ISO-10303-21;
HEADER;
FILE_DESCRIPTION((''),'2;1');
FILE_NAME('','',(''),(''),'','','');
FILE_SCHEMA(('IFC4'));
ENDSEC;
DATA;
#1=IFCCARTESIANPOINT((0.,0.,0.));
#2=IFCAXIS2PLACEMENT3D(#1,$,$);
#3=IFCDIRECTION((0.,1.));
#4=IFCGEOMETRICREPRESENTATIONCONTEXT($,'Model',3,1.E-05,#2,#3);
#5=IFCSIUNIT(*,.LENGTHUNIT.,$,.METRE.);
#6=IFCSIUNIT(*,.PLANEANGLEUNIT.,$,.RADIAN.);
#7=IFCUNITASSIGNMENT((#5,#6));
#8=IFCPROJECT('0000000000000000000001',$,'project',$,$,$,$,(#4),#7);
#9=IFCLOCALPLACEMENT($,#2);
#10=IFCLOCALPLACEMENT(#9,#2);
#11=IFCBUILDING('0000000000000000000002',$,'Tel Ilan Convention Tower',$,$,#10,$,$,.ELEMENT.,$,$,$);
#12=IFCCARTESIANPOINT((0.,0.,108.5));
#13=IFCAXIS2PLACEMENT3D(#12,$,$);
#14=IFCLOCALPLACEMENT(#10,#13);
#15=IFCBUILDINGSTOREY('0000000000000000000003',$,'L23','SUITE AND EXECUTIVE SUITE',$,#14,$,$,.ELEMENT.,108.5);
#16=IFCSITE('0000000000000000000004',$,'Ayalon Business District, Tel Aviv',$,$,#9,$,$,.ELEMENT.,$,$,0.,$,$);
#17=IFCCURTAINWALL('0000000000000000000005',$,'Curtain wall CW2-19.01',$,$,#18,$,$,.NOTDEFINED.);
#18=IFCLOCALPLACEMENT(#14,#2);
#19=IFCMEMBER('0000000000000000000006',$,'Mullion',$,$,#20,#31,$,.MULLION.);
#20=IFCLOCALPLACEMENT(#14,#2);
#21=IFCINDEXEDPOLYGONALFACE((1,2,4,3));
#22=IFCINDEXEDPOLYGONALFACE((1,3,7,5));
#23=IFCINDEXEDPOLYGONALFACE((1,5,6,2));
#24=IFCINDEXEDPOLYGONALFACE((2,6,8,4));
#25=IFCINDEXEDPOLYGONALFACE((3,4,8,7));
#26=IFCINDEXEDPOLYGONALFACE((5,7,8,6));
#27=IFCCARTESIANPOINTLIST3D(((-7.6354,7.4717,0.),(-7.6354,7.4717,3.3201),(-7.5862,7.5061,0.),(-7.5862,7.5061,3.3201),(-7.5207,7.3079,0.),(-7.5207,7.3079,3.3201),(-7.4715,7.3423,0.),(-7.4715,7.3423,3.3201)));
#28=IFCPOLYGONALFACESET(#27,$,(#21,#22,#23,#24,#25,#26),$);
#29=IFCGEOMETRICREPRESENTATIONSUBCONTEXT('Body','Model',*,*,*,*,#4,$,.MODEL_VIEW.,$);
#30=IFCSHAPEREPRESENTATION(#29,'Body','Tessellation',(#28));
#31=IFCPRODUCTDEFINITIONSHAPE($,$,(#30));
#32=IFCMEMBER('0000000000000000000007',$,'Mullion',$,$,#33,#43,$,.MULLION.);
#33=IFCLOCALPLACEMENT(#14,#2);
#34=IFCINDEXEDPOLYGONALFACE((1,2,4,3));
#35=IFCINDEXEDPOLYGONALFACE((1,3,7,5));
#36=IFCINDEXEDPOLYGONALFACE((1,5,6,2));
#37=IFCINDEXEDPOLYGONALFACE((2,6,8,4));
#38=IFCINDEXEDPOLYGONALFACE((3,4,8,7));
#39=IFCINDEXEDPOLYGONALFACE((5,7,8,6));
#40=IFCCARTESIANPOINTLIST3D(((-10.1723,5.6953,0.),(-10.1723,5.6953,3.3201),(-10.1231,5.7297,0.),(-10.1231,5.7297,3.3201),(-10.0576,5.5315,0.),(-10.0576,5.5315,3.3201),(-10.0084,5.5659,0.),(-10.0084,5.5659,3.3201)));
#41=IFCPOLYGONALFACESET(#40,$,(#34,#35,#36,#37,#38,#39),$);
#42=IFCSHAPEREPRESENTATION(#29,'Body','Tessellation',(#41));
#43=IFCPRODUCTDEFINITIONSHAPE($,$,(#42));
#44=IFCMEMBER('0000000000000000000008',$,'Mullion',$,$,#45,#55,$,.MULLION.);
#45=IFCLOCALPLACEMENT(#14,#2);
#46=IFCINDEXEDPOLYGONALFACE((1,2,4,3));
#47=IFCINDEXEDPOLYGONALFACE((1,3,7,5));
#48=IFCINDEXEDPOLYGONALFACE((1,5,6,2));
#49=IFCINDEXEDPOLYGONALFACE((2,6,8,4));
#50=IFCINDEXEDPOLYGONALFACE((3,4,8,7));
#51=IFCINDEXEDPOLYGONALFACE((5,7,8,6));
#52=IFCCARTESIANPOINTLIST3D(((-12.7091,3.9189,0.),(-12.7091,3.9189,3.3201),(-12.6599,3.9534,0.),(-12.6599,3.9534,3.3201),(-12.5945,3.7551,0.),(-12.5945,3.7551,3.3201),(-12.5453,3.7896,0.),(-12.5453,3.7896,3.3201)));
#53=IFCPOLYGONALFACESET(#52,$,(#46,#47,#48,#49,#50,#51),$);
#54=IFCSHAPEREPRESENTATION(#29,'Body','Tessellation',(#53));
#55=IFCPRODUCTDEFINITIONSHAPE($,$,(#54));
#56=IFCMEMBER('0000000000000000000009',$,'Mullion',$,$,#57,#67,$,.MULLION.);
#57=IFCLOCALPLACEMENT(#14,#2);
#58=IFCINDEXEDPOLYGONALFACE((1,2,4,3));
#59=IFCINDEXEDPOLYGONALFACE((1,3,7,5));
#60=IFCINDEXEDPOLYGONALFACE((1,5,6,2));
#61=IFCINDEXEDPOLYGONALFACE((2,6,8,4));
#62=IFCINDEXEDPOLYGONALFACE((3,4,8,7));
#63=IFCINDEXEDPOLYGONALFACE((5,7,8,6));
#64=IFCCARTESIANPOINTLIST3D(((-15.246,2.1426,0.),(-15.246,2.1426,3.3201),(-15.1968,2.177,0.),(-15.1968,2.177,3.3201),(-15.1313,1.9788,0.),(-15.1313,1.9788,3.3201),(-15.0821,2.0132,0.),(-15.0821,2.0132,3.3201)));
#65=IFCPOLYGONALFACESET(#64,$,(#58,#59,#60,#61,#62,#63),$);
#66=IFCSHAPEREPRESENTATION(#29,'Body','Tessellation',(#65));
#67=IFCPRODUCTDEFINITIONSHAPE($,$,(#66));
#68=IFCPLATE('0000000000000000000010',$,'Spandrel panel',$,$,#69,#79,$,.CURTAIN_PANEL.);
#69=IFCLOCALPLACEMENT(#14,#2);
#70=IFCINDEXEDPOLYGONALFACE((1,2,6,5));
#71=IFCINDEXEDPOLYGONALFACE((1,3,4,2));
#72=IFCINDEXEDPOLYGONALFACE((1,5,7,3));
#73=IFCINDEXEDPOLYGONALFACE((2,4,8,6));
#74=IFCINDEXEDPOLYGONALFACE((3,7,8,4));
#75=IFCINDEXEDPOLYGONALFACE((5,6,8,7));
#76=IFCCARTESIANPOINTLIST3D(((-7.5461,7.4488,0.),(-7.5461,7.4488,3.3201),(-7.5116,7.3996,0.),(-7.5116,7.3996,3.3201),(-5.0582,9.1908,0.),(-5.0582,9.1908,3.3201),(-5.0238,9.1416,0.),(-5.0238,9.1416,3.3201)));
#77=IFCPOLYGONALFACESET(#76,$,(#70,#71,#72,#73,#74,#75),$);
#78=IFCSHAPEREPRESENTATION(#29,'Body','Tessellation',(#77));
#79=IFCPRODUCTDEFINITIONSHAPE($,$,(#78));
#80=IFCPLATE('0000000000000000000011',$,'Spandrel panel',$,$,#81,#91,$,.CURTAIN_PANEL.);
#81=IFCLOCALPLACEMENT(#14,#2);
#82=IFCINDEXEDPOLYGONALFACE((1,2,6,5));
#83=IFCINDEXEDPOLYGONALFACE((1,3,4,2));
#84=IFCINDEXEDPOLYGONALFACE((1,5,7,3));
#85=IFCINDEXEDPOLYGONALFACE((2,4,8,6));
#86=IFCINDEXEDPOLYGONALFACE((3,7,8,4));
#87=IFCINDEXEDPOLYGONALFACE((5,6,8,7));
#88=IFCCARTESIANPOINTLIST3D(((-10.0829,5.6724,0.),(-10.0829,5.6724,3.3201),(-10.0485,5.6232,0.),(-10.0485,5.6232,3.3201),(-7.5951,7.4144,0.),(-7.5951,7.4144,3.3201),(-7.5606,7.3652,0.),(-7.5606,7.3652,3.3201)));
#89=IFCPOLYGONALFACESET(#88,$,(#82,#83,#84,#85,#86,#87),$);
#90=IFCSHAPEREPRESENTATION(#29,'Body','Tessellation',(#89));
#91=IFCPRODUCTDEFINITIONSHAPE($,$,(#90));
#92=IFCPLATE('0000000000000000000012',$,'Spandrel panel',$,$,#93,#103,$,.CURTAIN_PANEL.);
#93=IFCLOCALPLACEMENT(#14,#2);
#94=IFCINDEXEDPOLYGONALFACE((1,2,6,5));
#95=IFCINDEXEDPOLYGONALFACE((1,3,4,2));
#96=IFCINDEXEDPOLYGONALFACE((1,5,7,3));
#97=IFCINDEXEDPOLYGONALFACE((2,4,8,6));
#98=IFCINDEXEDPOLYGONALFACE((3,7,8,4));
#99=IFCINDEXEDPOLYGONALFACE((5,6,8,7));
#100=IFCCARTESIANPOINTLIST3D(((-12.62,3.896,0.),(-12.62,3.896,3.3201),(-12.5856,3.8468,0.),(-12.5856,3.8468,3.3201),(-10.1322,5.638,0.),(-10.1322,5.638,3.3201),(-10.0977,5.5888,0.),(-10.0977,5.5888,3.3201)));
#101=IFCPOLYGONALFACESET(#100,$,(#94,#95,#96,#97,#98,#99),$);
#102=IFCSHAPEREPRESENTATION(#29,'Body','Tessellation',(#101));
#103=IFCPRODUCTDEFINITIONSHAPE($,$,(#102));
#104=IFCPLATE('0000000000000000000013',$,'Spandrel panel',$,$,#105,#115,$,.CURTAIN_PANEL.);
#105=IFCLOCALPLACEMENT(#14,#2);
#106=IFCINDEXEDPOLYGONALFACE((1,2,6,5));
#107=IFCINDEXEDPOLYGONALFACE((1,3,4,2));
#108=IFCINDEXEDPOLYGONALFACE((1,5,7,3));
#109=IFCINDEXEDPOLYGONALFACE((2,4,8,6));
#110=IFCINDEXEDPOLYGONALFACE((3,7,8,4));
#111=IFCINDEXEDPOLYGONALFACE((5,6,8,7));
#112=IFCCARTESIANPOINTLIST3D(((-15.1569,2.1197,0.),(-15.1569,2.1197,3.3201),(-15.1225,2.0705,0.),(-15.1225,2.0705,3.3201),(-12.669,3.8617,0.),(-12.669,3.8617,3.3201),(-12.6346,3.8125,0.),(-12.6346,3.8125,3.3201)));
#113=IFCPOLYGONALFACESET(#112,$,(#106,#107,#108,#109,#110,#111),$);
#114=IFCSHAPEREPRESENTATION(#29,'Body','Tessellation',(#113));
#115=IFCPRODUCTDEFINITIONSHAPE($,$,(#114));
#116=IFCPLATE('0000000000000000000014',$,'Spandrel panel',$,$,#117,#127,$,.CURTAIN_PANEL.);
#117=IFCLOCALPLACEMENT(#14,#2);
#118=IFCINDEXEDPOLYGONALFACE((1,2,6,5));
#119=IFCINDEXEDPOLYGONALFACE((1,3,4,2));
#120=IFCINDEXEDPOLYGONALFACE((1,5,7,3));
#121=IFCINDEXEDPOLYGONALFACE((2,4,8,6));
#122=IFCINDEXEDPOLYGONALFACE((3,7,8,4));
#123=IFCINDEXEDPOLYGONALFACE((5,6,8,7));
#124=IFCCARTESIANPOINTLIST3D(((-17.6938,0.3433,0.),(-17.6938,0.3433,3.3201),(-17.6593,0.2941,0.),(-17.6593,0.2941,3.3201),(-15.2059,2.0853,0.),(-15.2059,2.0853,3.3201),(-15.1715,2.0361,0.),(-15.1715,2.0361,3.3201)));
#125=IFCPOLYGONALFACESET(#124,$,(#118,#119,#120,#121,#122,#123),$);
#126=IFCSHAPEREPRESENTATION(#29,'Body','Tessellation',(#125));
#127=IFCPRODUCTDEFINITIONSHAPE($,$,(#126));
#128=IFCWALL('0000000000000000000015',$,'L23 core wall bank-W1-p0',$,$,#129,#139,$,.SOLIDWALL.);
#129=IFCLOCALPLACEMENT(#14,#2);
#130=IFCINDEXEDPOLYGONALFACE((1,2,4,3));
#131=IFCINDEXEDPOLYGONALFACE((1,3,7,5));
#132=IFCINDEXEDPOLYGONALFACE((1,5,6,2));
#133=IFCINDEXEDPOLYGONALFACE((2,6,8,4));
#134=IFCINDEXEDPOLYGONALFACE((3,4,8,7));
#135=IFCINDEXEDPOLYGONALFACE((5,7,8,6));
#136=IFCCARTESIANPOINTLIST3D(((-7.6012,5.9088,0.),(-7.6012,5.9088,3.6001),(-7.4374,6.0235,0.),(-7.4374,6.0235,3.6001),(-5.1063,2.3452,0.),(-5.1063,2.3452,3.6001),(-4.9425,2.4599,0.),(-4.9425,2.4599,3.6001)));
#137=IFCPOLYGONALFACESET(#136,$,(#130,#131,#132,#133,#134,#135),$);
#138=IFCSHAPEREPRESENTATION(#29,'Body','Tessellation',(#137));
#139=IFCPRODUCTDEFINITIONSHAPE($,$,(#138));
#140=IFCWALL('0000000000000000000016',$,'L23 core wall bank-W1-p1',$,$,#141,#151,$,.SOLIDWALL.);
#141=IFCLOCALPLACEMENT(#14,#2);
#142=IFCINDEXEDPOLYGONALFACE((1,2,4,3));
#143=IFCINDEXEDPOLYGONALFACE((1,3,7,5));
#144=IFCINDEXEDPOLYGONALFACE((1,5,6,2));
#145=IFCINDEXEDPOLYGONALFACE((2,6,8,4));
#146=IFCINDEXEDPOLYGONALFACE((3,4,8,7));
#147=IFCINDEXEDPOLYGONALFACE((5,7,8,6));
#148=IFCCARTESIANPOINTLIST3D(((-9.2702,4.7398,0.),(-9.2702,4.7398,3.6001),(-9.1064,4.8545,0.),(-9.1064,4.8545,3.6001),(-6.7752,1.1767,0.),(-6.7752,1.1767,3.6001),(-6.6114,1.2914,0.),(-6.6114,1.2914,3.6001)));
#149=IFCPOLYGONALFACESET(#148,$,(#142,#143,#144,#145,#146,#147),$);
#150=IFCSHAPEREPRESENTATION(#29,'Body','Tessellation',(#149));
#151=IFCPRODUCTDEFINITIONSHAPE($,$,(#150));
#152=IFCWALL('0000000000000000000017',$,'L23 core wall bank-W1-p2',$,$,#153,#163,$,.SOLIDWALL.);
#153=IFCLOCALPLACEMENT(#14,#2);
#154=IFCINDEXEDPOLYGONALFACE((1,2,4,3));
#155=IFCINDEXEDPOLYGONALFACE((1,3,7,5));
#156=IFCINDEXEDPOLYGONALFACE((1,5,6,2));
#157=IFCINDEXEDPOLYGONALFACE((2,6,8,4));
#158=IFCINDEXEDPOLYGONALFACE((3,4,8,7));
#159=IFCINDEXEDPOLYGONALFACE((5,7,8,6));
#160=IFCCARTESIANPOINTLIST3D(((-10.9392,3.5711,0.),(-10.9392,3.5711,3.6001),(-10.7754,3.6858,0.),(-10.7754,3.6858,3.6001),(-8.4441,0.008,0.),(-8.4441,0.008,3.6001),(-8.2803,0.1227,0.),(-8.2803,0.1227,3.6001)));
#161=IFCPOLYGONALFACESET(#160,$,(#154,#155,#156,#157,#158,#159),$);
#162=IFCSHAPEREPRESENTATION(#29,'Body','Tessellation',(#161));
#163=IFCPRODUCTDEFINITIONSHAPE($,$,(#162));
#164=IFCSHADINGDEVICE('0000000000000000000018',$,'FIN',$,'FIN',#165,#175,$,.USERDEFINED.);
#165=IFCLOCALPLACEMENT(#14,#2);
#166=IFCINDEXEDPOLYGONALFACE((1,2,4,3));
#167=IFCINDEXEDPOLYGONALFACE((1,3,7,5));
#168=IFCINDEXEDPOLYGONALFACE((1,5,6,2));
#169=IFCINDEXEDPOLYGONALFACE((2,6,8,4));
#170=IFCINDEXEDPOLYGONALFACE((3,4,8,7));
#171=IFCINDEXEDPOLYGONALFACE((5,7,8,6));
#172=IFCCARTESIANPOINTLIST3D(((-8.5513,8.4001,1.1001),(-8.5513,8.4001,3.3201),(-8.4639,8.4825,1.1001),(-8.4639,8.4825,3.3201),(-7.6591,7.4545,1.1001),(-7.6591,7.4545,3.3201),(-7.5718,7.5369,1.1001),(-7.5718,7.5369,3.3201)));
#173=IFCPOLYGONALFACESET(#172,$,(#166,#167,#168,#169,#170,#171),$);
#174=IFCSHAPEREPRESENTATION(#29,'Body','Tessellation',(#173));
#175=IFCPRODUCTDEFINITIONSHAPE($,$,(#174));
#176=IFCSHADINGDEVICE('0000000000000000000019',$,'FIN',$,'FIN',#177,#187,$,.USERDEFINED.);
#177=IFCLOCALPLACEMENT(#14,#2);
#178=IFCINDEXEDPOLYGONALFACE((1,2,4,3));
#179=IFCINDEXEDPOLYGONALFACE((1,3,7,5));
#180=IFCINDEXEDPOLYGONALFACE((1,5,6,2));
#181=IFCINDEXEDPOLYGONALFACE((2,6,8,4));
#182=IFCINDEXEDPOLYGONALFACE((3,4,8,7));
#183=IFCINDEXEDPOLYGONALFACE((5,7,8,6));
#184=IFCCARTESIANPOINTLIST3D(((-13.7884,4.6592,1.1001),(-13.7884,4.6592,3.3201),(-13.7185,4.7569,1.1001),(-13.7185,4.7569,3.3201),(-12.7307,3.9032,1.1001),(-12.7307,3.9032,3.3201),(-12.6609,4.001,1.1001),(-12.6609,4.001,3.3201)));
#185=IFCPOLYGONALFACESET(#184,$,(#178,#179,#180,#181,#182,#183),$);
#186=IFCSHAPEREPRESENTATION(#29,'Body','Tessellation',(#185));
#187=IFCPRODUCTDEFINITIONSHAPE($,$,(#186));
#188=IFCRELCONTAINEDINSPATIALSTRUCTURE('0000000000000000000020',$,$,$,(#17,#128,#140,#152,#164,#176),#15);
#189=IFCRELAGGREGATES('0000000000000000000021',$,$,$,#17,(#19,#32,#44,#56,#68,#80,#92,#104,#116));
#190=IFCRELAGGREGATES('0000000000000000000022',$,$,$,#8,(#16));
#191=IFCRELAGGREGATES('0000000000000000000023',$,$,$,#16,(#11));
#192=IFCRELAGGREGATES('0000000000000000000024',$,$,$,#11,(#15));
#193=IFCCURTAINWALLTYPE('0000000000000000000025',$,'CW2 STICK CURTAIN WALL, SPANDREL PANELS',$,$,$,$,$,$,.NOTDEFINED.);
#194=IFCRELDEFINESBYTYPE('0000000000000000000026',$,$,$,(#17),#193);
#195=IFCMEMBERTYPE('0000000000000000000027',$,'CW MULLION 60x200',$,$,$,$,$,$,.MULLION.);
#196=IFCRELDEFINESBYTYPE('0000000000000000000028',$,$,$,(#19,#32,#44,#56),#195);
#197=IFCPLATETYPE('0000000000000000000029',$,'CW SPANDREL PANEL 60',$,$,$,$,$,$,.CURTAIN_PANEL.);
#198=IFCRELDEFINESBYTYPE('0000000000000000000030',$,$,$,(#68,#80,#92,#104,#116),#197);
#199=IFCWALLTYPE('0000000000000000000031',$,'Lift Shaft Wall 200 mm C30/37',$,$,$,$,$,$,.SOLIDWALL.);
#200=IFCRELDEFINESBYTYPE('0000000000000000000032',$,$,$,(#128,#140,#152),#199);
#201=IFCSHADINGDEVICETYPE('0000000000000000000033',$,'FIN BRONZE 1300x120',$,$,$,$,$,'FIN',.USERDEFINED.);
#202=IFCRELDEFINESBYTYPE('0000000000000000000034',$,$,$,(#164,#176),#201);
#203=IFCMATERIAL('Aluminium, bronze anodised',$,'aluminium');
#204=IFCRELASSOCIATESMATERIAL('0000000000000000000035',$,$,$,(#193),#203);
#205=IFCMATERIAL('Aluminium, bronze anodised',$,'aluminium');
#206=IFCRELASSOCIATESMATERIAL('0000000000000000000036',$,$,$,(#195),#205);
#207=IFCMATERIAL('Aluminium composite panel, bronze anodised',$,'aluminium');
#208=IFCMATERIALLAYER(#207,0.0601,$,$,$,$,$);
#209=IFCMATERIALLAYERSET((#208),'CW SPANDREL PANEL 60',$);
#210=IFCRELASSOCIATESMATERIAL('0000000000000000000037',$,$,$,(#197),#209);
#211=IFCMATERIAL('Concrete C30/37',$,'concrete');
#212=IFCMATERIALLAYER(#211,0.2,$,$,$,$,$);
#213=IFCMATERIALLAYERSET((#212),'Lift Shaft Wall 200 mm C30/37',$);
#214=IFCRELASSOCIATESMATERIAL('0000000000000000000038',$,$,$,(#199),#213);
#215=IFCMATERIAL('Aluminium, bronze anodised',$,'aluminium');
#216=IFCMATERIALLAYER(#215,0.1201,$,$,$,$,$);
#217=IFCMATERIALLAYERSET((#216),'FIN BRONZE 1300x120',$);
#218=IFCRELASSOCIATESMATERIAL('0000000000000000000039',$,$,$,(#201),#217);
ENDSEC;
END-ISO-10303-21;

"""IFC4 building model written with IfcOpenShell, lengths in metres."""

from ifc_helpers import new_model, si_unit, direction, frame, frame_2d, origin, origin_2d, place, context, subcontext, project, spatial, rectangle, extrude, material, layer, layer_set, material_profile, profile_set, type_object, element, aggregate, save


model = new_model("IFC4")

# Units and contexts
model_context = context("Model", 3, precision=1e-05, world=origin(), true_north=direction((0.0, 1.0)))
body_context = subcontext(model_context, "Body", "Model", "MODEL_VIEW")
ifc_project = project(units=[si_unit("LENGTHUNIT", "METRE"), si_unit("PLANEANGLEUNIT", "RADIAN")], contexts=[model_context])

# Site, building, storey
site_placement = place(None, origin())
site = spatial("IfcSite", under=ifc_project, at=site_placement, Name="Ayalon Business District, Tel Aviv", CompositionType="ELEMENT", RefElevation=0.0)
building_placement = place(site_placement, origin())
building = spatial("IfcBuilding", under=site, at=building_placement, Name="Tel Ilan Convention Tower", CompositionType="ELEMENT")
storey_placement = place(building_placement, frame((0.0, 0.0, 108.5)))
storey = spatial("IfcBuildingStorey", under=building, at=storey_placement, Name="L23", Description="SUITE AND EXECUTIVE SUITE", CompositionType="ELEMENT", Elevation=108.5)

# Curtain wall, members, plates
ifc_material_1 = material(Name="Aluminium, bronze anodised", Category="aluminium")
curtain_wall_type = type_object("IfcCurtainWallType", Name="CW2 STICK CURTAIN WALL, SPANDREL PANELS", PredefinedType="NOTDEFINED", material=ifc_material_1)
curtain_wall_placement = place(storey_placement, origin())
curtain_wall = element("IfcCurtainWall", 1, at=curtain_wall_placement, inside=storey, type_object=curtain_wall_type, Name="Curtain wall CW2-19.01", PredefinedType="NOTDEFINED")
ifc_material_2 = material(Name="Aluminium, bronze anodised", Category="aluminium")
ifc_material_profile = material_profile(ifc_material_2, rectangle(XDim=0.0601, YDim=0.2, at=origin_2d()), Name="CW MULLION 60x200")
ifc_profile_set = profile_set([ifc_material_profile], Name="Aluminium, bronze anodised")
member_type = type_object("IfcMemberType", Name="CW MULLION 60x200", PredefinedType="MULLION", material=ifc_profile_set)
member_1_placement = place(storey_placement, frame((-7.5535, 7.407, 0.0), z_axis=(0.0, 0.0, 1.0), x_axis=(-0.819152, -0.573576, 0.0)))
member_1 = element("IfcMember", 2, at=member_1_placement, type_object=member_type, Name="Mullion", PredefinedType="MULLION", context=body_context, shape_type="SweptSolid", body=[
    extrude(rectangle(XDim=0.0601, YDim=0.2, at=origin_2d()), origin(), (0.0, 0.0, 1.0), 3.3201),
])
member_2_placement = place(storey_placement, frame((-10.0903, 5.6306, 0.0), z_axis=(0.0, 0.0, 1.0), x_axis=(-0.819152, -0.573576, 0.0)))
member_2 = element("IfcMember", 3, at=member_2_placement, type_object=member_type, Name="Mullion", PredefinedType="MULLION", context=body_context, shape_type="SweptSolid", body=[
    extrude(rectangle(XDim=0.0601, YDim=0.2, at=origin_2d()), origin(), (0.0, 0.0, 1.0), 3.3201),
])
member_3_placement = place(storey_placement, frame((-12.6272, 3.8542, 0.0), z_axis=(0.0, 0.0, 1.0), x_axis=(-0.819152, -0.573576, 0.0)))
member_3 = element("IfcMember", 4, at=member_3_placement, type_object=member_type, Name="Mullion", PredefinedType="MULLION", context=body_context, shape_type="SweptSolid", body=[
    extrude(rectangle(XDim=0.0601, YDim=0.2, at=origin_2d()), origin(), (0.0, 0.0, 1.0), 3.3201),
])
member_4_placement = place(storey_placement, frame((-15.1641, 2.0779, 0.0), z_axis=(0.0, 0.0, 1.0), x_axis=(-0.819152, -0.573576, 0.0)))
member_4 = element("IfcMember", 5, at=member_4_placement, type_object=member_type, Name="Mullion", PredefinedType="MULLION", context=body_context, shape_type="SweptSolid", body=[
    extrude(rectangle(XDim=0.0601, YDim=0.2, at=origin_2d()), origin(), (0.0, 0.0, 1.0), 3.3201),
])
ifc_material_3 = material(Name="Aluminium composite panel, bronze anodised", Category="aluminium")
ifc_layer_1 = layer(ifc_material_3, 0.0601)
ifc_layer_set_1 = layer_set([ifc_layer_1], Name="CW SPANDREL PANEL 60")
plate_type = type_object("IfcPlateType", Name="CW SPANDREL PANEL 60", PredefinedType="CURTAIN_PANEL", material=ifc_layer_set_1)
plate_1_placement = place(storey_placement, frame((-6.2849, 8.2952, 0.0), z_axis=(0.0, 0.0, 1.0), x_axis=(-0.819152, -0.573576, 0.0)))
plate_1 = element("IfcPlate", 6, at=plate_1_placement, type_object=plate_type, Name="Spandrel panel", PredefinedType="CURTAIN_PANEL", context=body_context, shape_type="SweptSolid", body=[
    extrude(rectangle(XDim=3.0371, YDim=0.0601, at=origin_2d()), origin(), (0.0, 0.0, 1.0), 3.3201),
])
plate_2_placement = place(storey_placement, frame((-8.8218, 6.5188, 0.0), z_axis=(0.0, 0.0, 1.0), x_axis=(-0.819152, -0.573576, 0.0)))
plate_2 = element("IfcPlate", 7, at=plate_2_placement, type_object=plate_type, Name="Spandrel panel", PredefinedType="CURTAIN_PANEL", context=body_context, shape_type="SweptSolid", body=[
    extrude(rectangle(XDim=3.0371, YDim=0.0601, at=origin_2d()), origin(), (0.0, 0.0, 1.0), 3.3201),
])
plate_3_placement = place(storey_placement, frame((-11.3589, 4.7424, 0.0), z_axis=(0.0, 0.0, 1.0), x_axis=(-0.819152, -0.573576, 0.0)))
plate_3 = element("IfcPlate", 8, at=plate_3_placement, type_object=plate_type, Name="Spandrel panel", PredefinedType="CURTAIN_PANEL", context=body_context, shape_type="SweptSolid", body=[
    extrude(rectangle(XDim=3.0371, YDim=0.0601, at=origin_2d()), origin(), (0.0, 0.0, 1.0), 3.3201),
])
plate_4_placement = place(storey_placement, frame((-13.8958, 2.9661, 0.0), z_axis=(0.0, 0.0, 1.0), x_axis=(-0.819152, -0.573576, 0.0)))
plate_4 = element("IfcPlate", 9, at=plate_4_placement, type_object=plate_type, Name="Spandrel panel", PredefinedType="CURTAIN_PANEL", context=body_context, shape_type="SweptSolid", body=[
    extrude(rectangle(XDim=3.0371, YDim=0.0601, at=origin_2d()), origin(), (0.0, 0.0, 1.0), 3.3201),
])
plate_5_placement = place(storey_placement, frame((-16.4326, 1.1897, 0.0), z_axis=(0.0, 0.0, 1.0), x_axis=(-0.819152, -0.573576, 0.0)))
plate_5 = element("IfcPlate", 10, at=plate_5_placement, type_object=plate_type, Name="Spandrel panel", PredefinedType="CURTAIN_PANEL", context=body_context, shape_type="SweptSolid", body=[
    extrude(rectangle(XDim=3.0371, YDim=0.0601, at=origin_2d()), origin(), (0.0, 0.0, 1.0), 3.3201),
])
aggregate(curtain_wall, [member_1, member_2, member_3, member_4, plate_1, plate_2, plate_3, plate_4, plate_5])

# Walls
ifc_material_4 = material(Name="Concrete C30/37", Category="concrete")
ifc_layer_2 = layer(ifc_material_4, 0.2)
ifc_layer_set_2 = layer_set([ifc_layer_2], Name="Lift Shaft Wall 200 mm C30/37")
wall_type = type_object("IfcWallType", Name="Lift Shaft Wall 200 mm C30/37", PredefinedType="SOLIDWALL", material=ifc_layer_set_2)
wall_placement = place(storey_placement, frame((-5.0244, 2.4026, 0.0), z_axis=(0.0, 0.0, 1.0), x_axis=(-0.57353, 0.819184, 0.0)))
element("IfcWall", 11, at=wall_placement, inside=storey, type_object=wall_type, Name="L23 core wall bank-W1-p0", PredefinedType="SOLIDWALL", context=body_context, shape_type="SweptSolid", body=[
    extrude(rectangle(XDim=4.3501, YDim=0.2, at=frame_2d((2.175, 0.0))), origin(), (0.0, 0.0, 1.0), 3.6001),
])
for number, where, z_axis, x_axis, name in (
    (12, (-6.6934, 1.2341, 0.0), (0.0, 0.0, 1.0), (-0.573594, 0.81914, 0.0), "L23 core wall bank-W1-p1"),
    (13, (-8.3623, 0.0654, 0.0), (0.0, 0.0, 1.0), (-0.573594, 0.81914, 0.0), "L23 core wall bank-W1-p2"),
):
    element("IfcWall", number, at=place(storey_placement, frame(where, z_axis=z_axis, x_axis=x_axis)), inside=storey, type_object=wall_type, Name=name, PredefinedType="SOLIDWALL", context=body_context, shape_type="SweptSolid", body=[
        extrude(rectangle(XDim=4.3499, YDim=0.2, at=frame_2d((2.1748, 0.0))), origin(), (0.0, 0.0, 1.0), 3.6001),
    ])

# Shading devices
ifc_material_5 = material(Name="Aluminium, bronze anodised", Category="aluminium")
ifc_layer_3 = layer(ifc_material_5, 0.1201)
ifc_layer_set_3 = layer_set([ifc_layer_3], Name="FIN BRONZE 1300x120")
shading_device_type = type_object("IfcShadingDeviceType", Name="FIN BRONZE 1300x120", ElementType="FIN", PredefinedType="USERDEFINED", material=ifc_layer_set_3)
for number, where, z_axis, x_axis, name in (
    (14, (-8.0615, 7.9685, 1.1001), (0.0, 0.0, 1.0), (-0.686242, 0.727374, 0.0), "FIN"),
    (15, (-13.2246, 4.3301, 1.1001), (0.0, 0.0, 1.0), (-0.813552, 0.581492, 0.0), "FIN"),
):
    element("IfcShadingDevice", number, at=place(storey_placement, frame(where, z_axis=z_axis, x_axis=x_axis)), inside=storey, type_object=shading_device_type, Name=name, ObjectType="FIN", PredefinedType="USERDEFINED", context=body_context, shape_type="SweptSolid", body=[
        extrude(rectangle(XDim=1.3, YDim=0.1201, at=origin_2d()), origin(), (0.0, 0.0, 1.0), 2.22),
    ])

save(model, "model.ifc")
